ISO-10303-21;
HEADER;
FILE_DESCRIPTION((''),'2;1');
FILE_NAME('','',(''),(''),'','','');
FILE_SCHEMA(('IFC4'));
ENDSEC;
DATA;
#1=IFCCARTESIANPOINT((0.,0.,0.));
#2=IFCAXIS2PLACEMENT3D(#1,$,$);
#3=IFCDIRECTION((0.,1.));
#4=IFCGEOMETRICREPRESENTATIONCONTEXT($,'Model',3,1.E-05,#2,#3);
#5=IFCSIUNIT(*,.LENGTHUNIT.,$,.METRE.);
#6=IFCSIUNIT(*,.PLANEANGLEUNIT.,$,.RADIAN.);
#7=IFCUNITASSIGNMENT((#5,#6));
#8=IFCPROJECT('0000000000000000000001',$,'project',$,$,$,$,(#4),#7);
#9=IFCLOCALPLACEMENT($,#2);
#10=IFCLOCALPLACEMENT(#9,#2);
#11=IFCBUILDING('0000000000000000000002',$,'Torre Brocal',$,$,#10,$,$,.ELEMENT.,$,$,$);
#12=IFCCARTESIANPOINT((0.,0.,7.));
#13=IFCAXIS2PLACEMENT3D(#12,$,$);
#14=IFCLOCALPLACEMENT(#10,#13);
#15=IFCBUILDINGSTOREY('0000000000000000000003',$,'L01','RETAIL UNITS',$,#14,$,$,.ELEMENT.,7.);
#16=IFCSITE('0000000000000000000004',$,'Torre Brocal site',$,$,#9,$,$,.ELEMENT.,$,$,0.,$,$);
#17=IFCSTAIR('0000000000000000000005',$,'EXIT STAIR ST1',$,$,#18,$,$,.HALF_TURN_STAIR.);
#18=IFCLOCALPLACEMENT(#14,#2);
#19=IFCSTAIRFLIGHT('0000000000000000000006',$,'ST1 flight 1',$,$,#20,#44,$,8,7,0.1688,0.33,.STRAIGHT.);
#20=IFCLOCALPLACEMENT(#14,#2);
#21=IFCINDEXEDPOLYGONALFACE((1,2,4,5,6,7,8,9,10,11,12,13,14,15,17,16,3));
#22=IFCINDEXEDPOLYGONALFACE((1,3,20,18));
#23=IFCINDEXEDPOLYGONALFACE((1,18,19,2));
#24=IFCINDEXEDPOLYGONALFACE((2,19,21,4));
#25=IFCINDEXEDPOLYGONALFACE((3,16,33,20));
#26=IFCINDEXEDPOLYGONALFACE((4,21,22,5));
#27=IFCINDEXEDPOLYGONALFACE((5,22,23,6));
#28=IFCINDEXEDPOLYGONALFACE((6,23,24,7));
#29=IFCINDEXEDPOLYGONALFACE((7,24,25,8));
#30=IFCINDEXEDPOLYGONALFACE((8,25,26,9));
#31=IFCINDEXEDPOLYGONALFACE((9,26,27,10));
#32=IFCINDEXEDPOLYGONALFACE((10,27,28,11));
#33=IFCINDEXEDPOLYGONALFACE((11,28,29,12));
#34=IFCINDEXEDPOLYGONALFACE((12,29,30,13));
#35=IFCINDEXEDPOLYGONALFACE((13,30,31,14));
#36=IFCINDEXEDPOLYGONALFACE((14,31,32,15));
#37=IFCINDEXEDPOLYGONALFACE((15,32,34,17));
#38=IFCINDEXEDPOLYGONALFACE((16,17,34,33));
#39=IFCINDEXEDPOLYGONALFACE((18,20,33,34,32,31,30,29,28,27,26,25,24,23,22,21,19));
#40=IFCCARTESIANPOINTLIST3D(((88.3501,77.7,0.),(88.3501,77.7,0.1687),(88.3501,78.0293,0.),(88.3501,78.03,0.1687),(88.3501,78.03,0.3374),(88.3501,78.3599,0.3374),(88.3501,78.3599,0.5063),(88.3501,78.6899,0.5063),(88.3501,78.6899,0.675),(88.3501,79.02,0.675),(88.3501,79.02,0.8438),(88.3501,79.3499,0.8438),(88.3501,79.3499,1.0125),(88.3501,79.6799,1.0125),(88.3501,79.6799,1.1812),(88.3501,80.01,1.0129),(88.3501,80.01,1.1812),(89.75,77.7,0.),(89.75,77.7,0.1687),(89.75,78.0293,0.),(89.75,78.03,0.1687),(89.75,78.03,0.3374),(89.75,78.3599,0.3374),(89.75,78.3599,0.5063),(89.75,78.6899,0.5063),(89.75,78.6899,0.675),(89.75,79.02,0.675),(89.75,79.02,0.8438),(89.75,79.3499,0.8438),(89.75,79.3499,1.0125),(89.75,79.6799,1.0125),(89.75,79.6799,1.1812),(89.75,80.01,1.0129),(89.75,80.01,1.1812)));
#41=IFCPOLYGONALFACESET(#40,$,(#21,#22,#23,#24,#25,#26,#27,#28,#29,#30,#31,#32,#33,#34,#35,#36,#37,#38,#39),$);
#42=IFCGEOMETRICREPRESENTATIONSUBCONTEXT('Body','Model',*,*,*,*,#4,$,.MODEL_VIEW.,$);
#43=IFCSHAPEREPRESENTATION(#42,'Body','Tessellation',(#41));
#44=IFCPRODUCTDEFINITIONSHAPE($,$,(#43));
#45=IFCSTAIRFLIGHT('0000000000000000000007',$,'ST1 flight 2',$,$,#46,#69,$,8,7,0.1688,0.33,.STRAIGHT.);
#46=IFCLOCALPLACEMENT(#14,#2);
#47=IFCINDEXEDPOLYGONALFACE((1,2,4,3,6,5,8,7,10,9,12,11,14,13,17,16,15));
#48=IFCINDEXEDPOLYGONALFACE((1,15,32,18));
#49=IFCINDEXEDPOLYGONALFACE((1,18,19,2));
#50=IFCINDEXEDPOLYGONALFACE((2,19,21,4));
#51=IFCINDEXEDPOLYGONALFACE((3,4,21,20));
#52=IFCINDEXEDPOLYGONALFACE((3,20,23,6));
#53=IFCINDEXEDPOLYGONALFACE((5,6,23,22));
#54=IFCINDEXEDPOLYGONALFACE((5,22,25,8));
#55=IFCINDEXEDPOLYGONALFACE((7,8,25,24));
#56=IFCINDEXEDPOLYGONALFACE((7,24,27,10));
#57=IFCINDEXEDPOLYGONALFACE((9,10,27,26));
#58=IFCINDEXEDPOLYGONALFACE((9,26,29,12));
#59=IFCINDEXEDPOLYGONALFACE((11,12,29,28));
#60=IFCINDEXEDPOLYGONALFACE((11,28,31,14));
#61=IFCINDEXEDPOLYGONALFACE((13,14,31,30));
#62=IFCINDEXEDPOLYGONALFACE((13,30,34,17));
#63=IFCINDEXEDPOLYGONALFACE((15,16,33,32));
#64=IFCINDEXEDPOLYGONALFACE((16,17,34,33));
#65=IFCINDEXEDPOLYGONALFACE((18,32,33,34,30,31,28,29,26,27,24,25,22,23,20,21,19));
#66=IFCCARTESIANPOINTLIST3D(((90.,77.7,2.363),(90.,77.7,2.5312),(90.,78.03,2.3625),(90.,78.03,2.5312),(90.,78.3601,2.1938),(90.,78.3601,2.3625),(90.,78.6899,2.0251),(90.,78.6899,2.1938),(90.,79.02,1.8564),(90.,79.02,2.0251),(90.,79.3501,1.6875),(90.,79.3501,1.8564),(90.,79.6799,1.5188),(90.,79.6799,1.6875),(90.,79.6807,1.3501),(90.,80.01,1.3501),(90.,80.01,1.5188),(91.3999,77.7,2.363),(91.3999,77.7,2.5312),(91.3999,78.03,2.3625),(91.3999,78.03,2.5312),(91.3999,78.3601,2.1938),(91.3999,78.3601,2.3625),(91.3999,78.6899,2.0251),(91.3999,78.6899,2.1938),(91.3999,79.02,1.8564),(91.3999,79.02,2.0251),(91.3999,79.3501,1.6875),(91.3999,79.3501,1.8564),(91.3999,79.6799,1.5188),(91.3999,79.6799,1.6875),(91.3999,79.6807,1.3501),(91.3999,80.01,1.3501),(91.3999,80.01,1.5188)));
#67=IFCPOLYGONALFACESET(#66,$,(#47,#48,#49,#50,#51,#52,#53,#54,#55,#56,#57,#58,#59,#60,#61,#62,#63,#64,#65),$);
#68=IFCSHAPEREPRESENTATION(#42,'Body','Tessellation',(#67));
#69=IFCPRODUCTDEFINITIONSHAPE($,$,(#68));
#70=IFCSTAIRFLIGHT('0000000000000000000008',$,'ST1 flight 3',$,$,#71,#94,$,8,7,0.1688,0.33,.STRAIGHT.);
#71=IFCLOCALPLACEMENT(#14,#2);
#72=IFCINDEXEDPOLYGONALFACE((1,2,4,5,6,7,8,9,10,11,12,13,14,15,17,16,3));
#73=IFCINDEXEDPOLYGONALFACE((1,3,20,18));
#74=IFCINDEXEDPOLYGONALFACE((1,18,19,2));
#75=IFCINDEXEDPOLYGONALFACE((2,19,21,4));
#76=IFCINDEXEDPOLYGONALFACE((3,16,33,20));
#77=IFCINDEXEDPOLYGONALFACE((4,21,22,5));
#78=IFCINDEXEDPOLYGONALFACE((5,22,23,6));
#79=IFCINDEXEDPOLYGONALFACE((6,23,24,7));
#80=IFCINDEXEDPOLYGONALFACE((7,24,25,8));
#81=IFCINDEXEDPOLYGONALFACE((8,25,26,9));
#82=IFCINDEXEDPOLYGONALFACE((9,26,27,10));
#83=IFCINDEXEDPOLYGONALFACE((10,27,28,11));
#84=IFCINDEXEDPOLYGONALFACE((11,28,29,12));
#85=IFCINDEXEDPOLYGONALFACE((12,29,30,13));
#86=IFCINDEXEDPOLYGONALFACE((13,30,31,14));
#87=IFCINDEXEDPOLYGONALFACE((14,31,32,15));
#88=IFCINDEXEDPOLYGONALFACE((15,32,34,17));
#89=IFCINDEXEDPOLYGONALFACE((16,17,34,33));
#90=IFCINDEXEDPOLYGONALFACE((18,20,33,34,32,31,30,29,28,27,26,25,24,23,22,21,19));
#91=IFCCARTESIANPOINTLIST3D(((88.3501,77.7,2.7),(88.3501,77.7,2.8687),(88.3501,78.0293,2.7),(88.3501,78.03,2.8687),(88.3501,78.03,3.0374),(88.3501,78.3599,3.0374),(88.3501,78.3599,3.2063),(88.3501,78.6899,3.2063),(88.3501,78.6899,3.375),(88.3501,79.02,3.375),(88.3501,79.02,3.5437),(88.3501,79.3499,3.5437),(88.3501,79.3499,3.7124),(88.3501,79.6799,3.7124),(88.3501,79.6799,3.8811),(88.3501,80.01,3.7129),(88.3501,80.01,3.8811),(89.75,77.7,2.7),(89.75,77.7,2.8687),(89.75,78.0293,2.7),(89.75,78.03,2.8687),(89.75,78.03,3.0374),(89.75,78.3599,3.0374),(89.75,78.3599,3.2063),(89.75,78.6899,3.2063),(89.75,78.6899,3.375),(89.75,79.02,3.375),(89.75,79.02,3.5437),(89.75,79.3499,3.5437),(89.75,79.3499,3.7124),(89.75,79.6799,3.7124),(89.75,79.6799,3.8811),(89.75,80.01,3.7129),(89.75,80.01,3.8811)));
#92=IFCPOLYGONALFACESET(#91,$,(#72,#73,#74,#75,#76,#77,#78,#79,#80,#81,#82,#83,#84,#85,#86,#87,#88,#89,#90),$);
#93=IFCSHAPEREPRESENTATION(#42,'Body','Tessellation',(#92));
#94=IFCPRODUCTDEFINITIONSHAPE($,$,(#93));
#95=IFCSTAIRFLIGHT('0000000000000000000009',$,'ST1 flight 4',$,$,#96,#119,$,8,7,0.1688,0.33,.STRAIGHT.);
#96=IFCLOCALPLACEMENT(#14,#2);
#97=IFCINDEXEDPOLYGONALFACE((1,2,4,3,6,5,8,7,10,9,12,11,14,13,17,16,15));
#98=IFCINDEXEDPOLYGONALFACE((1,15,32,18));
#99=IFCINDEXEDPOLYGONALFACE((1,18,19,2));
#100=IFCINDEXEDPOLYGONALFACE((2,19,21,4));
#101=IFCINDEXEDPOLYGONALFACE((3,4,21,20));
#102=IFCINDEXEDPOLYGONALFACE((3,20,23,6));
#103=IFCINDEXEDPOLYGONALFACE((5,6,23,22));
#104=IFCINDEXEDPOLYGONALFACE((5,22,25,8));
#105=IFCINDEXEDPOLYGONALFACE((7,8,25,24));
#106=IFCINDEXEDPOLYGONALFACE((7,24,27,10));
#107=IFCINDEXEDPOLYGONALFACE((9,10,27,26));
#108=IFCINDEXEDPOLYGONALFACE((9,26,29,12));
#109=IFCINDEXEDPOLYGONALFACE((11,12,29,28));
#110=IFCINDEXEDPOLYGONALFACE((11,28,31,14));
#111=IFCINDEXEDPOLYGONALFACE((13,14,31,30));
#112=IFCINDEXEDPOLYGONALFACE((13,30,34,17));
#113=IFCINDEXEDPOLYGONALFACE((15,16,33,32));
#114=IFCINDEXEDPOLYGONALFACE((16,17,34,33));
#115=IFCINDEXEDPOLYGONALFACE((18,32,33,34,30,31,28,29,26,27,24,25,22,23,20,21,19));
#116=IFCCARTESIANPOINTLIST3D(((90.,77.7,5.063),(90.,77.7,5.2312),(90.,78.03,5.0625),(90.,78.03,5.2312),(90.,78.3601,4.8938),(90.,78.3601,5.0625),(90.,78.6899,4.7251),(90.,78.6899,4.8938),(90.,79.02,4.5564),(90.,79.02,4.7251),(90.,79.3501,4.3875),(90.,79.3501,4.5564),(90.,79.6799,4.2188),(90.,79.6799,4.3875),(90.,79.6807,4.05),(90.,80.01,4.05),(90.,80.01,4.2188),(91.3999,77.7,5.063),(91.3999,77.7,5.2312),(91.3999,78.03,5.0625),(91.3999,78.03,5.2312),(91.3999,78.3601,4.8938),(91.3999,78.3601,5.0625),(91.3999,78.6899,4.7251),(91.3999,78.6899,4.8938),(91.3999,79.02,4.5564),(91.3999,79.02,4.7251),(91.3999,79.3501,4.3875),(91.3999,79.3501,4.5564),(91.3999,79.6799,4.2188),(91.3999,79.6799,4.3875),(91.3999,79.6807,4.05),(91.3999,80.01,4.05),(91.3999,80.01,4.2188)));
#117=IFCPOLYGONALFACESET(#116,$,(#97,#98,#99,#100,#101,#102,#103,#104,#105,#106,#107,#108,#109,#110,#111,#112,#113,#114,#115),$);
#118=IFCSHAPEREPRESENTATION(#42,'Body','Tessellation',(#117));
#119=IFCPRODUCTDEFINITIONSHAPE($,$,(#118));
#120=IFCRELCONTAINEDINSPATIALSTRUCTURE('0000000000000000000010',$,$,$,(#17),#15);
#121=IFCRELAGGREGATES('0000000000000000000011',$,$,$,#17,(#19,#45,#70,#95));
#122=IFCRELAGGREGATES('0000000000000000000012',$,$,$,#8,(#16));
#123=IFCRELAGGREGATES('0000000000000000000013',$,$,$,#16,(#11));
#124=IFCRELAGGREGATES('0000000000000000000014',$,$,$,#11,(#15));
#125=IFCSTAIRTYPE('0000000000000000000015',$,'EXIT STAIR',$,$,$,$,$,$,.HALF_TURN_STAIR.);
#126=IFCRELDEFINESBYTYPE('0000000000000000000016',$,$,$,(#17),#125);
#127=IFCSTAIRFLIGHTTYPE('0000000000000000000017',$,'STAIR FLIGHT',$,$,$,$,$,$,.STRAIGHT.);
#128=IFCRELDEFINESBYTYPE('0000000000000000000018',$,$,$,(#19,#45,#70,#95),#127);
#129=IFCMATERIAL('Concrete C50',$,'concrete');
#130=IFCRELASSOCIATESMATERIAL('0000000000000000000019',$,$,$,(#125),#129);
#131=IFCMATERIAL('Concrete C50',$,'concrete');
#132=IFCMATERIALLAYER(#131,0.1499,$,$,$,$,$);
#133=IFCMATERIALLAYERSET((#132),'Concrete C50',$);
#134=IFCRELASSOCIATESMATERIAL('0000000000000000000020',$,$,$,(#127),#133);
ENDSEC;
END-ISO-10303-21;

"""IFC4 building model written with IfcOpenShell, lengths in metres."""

from ifc_helpers import new_model, si_unit, direction, frame, origin, place, context, subcontext, project, spatial, polyline, outline, extrude, material, layer, layer_set, type_object, element, aggregate, save


model = new_model("IFC4")

# Units and contexts
model_context = context("Model", 3, precision=1e-05, world=origin(), true_north=direction((0.0, 1.0)))
body_context = subcontext(model_context, "Body", "Model", "MODEL_VIEW")
ifc_project = project(units=[si_unit("LENGTHUNIT", "METRE"), si_unit("PLANEANGLEUNIT", "RADIAN")], contexts=[model_context])

# Site, building, storey
site_placement = place(None, origin())
site = spatial("IfcSite", under=ifc_project, at=site_placement, Name="Torre Brocal site", CompositionType="ELEMENT", RefElevation=0.0)
building_placement = place(site_placement, origin())
building = spatial("IfcBuilding", under=site, at=building_placement, Name="Torre Brocal", CompositionType="ELEMENT")
storey_placement = place(building_placement, frame((0.0, 0.0, 7.0)))
storey = spatial("IfcBuildingStorey", under=building, at=storey_placement, Name="L01", Description="RETAIL UNITS", CompositionType="ELEMENT", Elevation=7.0)

# Stair, stair flights
ifc_material_1 = material(Name="Concrete C50", Category="concrete")
stair_type = type_object("IfcStairType", Name="EXIT STAIR", PredefinedType="HALF_TURN_STAIR", material=ifc_material_1)
stair_placement = place(storey_placement, origin())
stair = element("IfcStair", 1, at=stair_placement, inside=storey, type_object=stair_type, Name="EXIT STAIR ST1", PredefinedType="HALF_TURN_STAIR")
ifc_material_2 = material(Name="Concrete C50", Category="concrete")
ifc_layer_1 = layer(ifc_material_2, 0.1499)
ifc_layer_set_1 = layer_set([ifc_layer_1], Name="Concrete C50")
stair_flight_type = type_object("IfcStairFlightType", Name="STAIR FLIGHT", PredefinedType="STRAIGHT", material=ifc_layer_set_1)
stair_flight_1_placement = place(storey_placement, frame((89.05, 77.7, 0.0), z_axis=(0.0, 0.0, 1.0), x_axis=(0.0, 1.0, 0.0)))
stair_flight_1 = element("IfcStairFlight", 2, at=stair_flight_1_placement, type_object=stair_flight_type, Name="ST1 flight 1", NumberOfRisers=8, NumberOfTreads=7, PredefinedType="STRAIGHT", RiserHeight=0.1688, TreadLength=0.33, context=body_context, shape_type="SweptSolid", body=[
    extrude(outline(polyline([(0.0, 0.0), (0.0, 0.1687), (0.3301, 0.1687), (0.3301, 0.3374), (0.6599, 0.3374), (0.6599, 0.5063), (0.99, 0.5063), (0.99, 0.675), (1.3201, 0.675), (1.3201, 0.8438), (1.6499, 0.8438), (1.6499, 1.0125), (1.98, 1.0125), (1.98, 1.1812), (2.3101, 1.1812), (2.3101, 1.3501), (2.3101, 1.0129), (0.3293, 0.0), (0.0, 0.0)])), frame((0.0, 0.7, 0.0), z_axis=(0.0, -1.0, 0.0), x_axis=(1.0, 0.0, 0.0)), (0.0, 0.0, 1.0), 1.3999),
])
stair_flight_2_placement = place(storey_placement, frame((90.7, 80.01, 1.3501), z_axis=(0.0, 0.0, 1.0), x_axis=(0.0, -1.0, 0.0)))
stair_flight_2 = element("IfcStairFlight", 3, at=stair_flight_2_placement, type_object=stair_flight_type, Name="ST1 flight 2", NumberOfRisers=8, NumberOfTreads=7, PredefinedType="STRAIGHT", RiserHeight=0.1688, TreadLength=0.33, context=body_context, shape_type="SweptSolid", body=[
    extrude(outline(polyline([(0.0, 0.0), (0.0, 0.1687), (0.3301, 0.1687), (0.3301, 0.3374), (0.6599, 0.3374), (0.6599, 0.5063), (0.99, 0.5063), (0.99, 0.675), (1.3201, 0.675), (1.3201, 0.8438), (1.6499, 0.8438), (1.6499, 1.0125), (1.98, 1.0125), (1.98, 1.1812), (2.3101, 1.1812), (2.3101, 1.3501), (2.3101, 1.0129), (0.3293, 0.0), (0.0, 0.0)])), frame((0.0, 0.7, 0.0), z_axis=(0.0, -1.0, 0.0), x_axis=(1.0, 0.0, 0.0)), (0.0, 0.0, 1.0), 1.3999),
])
stair_flight_3_placement = place(storey_placement, frame((89.05, 77.7, 2.7), z_axis=(0.0, 0.0, 1.0), x_axis=(0.0, 1.0, 0.0)))
stair_flight_3 = element("IfcStairFlight", 4, at=stair_flight_3_placement, type_object=stair_flight_type, Name="ST1 flight 3", NumberOfRisers=8, NumberOfTreads=7, PredefinedType="STRAIGHT", RiserHeight=0.1688, TreadLength=0.33, context=body_context, shape_type="SweptSolid", body=[
    extrude(outline(polyline([(0.0, 0.0), (0.0, 0.1687), (0.3301, 0.1687), (0.3301, 0.3374), (0.6599, 0.3374), (0.6599, 0.5063), (0.99, 0.5063), (0.99, 0.675), (1.3201, 0.675), (1.3201, 0.8438), (1.6499, 0.8438), (1.6499, 1.0125), (1.98, 1.0125), (1.98, 1.1812), (2.3101, 1.1812), (2.3101, 1.3501), (2.3101, 1.0129), (0.3293, 0.0), (0.0, 0.0)])), frame((0.0, 0.7, 0.0), z_axis=(0.0, -1.0, 0.0), x_axis=(1.0, 0.0, 0.0)), (0.0, 0.0, 1.0), 1.3999),
])
stair_flight_4_placement = place(storey_placement, frame((90.7, 80.01, 4.05), z_axis=(0.0, 0.0, 1.0), x_axis=(0.0, -1.0, 0.0)))
stair_flight_4 = element("IfcStairFlight", 5, at=stair_flight_4_placement, type_object=stair_flight_type, Name="ST1 flight 4", NumberOfRisers=8, NumberOfTreads=7, PredefinedType="STRAIGHT", RiserHeight=0.1688, TreadLength=0.33, context=body_context, shape_type="SweptSolid", body=[
    extrude(outline(polyline([(0.0, 0.0), (0.0, 0.1687), (0.3301, 0.1687), (0.3301, 0.3374), (0.6599, 0.3374), (0.6599, 0.5063), (0.99, 0.5063), (0.99, 0.675), (1.3201, 0.675), (1.3201, 0.8438), (1.6499, 0.8438), (1.6499, 1.0125), (1.98, 1.0125), (1.98, 1.1812), (2.3101, 1.1812), (2.3101, 1.3501), (2.3101, 1.0129), (0.3293, 0.0), (0.0, 0.0)])), frame((0.0, 0.7, 0.0), z_axis=(0.0, -1.0, 0.0), x_axis=(1.0, 0.0, 0.0)), (0.0, 0.0, 1.0), 1.3999),
])
aggregate(stair, [stair_flight_1, stair_flight_2, stair_flight_3, stair_flight_4])

save(model, "model.ifc")
